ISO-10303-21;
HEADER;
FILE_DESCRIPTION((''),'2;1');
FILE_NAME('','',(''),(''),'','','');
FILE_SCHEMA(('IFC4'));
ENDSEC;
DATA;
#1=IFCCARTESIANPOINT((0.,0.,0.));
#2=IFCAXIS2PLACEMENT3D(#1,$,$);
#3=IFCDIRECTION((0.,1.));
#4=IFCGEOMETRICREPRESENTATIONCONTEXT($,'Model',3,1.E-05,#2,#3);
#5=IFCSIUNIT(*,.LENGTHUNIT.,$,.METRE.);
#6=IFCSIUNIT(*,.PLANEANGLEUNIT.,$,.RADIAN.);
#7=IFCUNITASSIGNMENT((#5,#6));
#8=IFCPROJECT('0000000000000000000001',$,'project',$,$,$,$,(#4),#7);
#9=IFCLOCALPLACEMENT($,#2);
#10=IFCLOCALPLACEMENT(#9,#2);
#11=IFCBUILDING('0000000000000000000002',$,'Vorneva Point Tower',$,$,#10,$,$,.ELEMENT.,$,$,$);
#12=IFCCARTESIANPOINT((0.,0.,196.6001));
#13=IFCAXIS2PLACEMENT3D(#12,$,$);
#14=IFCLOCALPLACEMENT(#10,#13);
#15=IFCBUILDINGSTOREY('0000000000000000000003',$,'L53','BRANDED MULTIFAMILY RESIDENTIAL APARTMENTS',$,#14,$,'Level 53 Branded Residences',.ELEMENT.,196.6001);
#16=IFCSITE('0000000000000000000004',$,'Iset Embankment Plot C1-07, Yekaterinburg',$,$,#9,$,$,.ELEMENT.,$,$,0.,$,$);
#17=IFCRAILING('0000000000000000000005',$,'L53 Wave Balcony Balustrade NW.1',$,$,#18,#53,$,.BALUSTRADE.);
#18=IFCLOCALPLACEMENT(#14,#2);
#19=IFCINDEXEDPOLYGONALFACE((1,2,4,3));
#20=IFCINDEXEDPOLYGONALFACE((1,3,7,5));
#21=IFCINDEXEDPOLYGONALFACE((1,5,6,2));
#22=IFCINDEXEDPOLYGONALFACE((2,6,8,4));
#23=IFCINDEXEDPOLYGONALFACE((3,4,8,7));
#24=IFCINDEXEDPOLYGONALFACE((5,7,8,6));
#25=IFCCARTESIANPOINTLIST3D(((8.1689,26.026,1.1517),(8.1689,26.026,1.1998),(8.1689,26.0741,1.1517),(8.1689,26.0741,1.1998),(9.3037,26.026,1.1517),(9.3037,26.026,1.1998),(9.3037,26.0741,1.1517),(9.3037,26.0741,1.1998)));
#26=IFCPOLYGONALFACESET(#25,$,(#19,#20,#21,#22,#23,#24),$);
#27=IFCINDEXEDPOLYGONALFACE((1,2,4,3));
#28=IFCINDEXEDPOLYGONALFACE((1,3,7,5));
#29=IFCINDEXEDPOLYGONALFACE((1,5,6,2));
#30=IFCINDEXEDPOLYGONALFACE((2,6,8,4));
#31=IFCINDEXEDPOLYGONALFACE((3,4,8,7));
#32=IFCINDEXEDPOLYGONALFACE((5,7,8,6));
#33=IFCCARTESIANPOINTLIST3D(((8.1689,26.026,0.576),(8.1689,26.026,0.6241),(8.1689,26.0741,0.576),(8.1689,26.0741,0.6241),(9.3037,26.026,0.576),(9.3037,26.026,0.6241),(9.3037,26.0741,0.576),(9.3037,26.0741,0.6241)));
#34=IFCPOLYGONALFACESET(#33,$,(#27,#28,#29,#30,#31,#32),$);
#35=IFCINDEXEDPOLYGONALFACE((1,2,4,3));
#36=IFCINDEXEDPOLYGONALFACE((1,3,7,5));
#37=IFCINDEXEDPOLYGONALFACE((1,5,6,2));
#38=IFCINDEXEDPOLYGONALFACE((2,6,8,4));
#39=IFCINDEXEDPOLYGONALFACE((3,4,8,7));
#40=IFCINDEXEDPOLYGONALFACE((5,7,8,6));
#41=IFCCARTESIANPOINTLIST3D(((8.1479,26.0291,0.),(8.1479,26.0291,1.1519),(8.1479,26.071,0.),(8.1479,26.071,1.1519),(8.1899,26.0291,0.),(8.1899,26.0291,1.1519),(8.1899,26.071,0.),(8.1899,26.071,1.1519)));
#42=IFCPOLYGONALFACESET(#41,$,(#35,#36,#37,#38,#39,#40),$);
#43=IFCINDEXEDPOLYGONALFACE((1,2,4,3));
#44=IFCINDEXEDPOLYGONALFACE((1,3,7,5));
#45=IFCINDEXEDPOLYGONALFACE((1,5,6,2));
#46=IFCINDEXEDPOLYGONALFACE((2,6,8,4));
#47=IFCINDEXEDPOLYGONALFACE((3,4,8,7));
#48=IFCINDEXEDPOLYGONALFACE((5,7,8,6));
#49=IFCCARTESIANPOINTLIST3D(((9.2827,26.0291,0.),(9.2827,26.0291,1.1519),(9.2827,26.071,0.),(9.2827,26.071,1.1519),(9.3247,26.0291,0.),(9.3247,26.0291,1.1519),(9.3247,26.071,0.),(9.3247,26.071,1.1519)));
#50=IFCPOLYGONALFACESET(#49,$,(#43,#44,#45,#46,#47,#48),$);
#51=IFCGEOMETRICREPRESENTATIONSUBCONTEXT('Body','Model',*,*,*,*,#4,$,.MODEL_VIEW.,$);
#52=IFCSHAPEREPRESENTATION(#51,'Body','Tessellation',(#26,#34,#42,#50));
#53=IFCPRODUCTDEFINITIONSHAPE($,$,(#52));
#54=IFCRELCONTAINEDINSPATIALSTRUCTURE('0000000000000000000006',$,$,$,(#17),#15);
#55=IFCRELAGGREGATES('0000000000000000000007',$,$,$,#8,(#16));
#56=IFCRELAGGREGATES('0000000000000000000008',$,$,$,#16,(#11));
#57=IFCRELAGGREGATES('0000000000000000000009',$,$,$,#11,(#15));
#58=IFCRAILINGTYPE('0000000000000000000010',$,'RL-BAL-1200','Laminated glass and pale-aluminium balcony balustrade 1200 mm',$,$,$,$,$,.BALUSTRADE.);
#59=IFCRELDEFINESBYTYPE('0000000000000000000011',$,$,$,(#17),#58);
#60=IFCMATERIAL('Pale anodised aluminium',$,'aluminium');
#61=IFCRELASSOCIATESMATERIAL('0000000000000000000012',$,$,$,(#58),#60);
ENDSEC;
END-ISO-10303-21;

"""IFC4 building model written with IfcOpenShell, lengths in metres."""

from ifc_helpers import new_model, si_unit, direction, frame, origin, origin_2d, place, context, subcontext, project, spatial, rectangle, extrude, material, type_object, element, save


model = new_model("IFC4")

# Units and contexts
model_context = context("Model", 3, precision=1e-05, world=origin(), true_north=direction((0.0, 1.0)))
body_context = subcontext(model_context, "Body", "Model", "MODEL_VIEW")
ifc_project = project(units=[si_unit("LENGTHUNIT", "METRE"), si_unit("PLANEANGLEUNIT", "RADIAN")], contexts=[model_context])

# Site, building, storey
site_placement = place(None, origin())
site = spatial("IfcSite", under=ifc_project, at=site_placement, Name="Iset Embankment Plot C1-07, Yekaterinburg", CompositionType="ELEMENT", RefElevation=0.0)
building_placement = place(site_placement, origin())
building = spatial("IfcBuilding", under=site, at=building_placement, Name="Vorneva Point Tower", CompositionType="ELEMENT")
storey_placement = place(building_placement, frame((0.0, 0.0, 196.6001)))
storey = spatial("IfcBuildingStorey", under=building, at=storey_placement, Name="L53", Description="BRANDED MULTIFAMILY RESIDENTIAL APARTMENTS", LongName="Level 53 Branded Residences", CompositionType="ELEMENT", Elevation=196.6001)

# Shared definitions
ifc_material_1 = material(Name="Pale anodised aluminium", Category="aluminium")

# Railing
railing_type = type_object("IfcRailingType", Name="RL-BAL-1200", Description="Laminated glass and pale-aluminium balcony balustrade 1200 mm", PredefinedType="BALUSTRADE", material=ifc_material_1)
railing_placement = place(storey_placement, frame((8.1689, 26.05, 0.0)))
element("IfcRailing", 1, at=railing_placement, inside=storey, type_object=railing_type, Name="L53 Wave Balcony Balustrade NW.1", PredefinedType="BALUSTRADE", context=body_context, shape_type="SweptSolid", body=[
    extrude(rectangle(XDim=0.0481, YDim=0.0481, at=origin_2d()), frame((0.0, 0.0, 1.1758), z_axis=(1.0, 0.0, 0.0), x_axis=(0.0, 1.0, 0.0)), (0.0, 0.0, 1.0), 1.1348),
    extrude(rectangle(XDim=0.0481, YDim=0.0481, at=origin_2d()), frame((0.0, 0.0, 0.6001), z_axis=(1.0, 0.0, 0.0), x_axis=(0.0, 1.0, 0.0)), (0.0, 0.0, 1.0), 1.1348),
    extrude(rectangle(XDim=0.042, YDim=0.042, at=origin_2d()), origin(), (0.0, 0.0, 1.0), 1.1519),
    extrude(rectangle(XDim=0.042, YDim=0.042, at=origin_2d()), frame((1.1348, 0.0, 0.0)), (0.0, 0.0, 1.0), 1.1519),
])

save(model, "model.ifc")
